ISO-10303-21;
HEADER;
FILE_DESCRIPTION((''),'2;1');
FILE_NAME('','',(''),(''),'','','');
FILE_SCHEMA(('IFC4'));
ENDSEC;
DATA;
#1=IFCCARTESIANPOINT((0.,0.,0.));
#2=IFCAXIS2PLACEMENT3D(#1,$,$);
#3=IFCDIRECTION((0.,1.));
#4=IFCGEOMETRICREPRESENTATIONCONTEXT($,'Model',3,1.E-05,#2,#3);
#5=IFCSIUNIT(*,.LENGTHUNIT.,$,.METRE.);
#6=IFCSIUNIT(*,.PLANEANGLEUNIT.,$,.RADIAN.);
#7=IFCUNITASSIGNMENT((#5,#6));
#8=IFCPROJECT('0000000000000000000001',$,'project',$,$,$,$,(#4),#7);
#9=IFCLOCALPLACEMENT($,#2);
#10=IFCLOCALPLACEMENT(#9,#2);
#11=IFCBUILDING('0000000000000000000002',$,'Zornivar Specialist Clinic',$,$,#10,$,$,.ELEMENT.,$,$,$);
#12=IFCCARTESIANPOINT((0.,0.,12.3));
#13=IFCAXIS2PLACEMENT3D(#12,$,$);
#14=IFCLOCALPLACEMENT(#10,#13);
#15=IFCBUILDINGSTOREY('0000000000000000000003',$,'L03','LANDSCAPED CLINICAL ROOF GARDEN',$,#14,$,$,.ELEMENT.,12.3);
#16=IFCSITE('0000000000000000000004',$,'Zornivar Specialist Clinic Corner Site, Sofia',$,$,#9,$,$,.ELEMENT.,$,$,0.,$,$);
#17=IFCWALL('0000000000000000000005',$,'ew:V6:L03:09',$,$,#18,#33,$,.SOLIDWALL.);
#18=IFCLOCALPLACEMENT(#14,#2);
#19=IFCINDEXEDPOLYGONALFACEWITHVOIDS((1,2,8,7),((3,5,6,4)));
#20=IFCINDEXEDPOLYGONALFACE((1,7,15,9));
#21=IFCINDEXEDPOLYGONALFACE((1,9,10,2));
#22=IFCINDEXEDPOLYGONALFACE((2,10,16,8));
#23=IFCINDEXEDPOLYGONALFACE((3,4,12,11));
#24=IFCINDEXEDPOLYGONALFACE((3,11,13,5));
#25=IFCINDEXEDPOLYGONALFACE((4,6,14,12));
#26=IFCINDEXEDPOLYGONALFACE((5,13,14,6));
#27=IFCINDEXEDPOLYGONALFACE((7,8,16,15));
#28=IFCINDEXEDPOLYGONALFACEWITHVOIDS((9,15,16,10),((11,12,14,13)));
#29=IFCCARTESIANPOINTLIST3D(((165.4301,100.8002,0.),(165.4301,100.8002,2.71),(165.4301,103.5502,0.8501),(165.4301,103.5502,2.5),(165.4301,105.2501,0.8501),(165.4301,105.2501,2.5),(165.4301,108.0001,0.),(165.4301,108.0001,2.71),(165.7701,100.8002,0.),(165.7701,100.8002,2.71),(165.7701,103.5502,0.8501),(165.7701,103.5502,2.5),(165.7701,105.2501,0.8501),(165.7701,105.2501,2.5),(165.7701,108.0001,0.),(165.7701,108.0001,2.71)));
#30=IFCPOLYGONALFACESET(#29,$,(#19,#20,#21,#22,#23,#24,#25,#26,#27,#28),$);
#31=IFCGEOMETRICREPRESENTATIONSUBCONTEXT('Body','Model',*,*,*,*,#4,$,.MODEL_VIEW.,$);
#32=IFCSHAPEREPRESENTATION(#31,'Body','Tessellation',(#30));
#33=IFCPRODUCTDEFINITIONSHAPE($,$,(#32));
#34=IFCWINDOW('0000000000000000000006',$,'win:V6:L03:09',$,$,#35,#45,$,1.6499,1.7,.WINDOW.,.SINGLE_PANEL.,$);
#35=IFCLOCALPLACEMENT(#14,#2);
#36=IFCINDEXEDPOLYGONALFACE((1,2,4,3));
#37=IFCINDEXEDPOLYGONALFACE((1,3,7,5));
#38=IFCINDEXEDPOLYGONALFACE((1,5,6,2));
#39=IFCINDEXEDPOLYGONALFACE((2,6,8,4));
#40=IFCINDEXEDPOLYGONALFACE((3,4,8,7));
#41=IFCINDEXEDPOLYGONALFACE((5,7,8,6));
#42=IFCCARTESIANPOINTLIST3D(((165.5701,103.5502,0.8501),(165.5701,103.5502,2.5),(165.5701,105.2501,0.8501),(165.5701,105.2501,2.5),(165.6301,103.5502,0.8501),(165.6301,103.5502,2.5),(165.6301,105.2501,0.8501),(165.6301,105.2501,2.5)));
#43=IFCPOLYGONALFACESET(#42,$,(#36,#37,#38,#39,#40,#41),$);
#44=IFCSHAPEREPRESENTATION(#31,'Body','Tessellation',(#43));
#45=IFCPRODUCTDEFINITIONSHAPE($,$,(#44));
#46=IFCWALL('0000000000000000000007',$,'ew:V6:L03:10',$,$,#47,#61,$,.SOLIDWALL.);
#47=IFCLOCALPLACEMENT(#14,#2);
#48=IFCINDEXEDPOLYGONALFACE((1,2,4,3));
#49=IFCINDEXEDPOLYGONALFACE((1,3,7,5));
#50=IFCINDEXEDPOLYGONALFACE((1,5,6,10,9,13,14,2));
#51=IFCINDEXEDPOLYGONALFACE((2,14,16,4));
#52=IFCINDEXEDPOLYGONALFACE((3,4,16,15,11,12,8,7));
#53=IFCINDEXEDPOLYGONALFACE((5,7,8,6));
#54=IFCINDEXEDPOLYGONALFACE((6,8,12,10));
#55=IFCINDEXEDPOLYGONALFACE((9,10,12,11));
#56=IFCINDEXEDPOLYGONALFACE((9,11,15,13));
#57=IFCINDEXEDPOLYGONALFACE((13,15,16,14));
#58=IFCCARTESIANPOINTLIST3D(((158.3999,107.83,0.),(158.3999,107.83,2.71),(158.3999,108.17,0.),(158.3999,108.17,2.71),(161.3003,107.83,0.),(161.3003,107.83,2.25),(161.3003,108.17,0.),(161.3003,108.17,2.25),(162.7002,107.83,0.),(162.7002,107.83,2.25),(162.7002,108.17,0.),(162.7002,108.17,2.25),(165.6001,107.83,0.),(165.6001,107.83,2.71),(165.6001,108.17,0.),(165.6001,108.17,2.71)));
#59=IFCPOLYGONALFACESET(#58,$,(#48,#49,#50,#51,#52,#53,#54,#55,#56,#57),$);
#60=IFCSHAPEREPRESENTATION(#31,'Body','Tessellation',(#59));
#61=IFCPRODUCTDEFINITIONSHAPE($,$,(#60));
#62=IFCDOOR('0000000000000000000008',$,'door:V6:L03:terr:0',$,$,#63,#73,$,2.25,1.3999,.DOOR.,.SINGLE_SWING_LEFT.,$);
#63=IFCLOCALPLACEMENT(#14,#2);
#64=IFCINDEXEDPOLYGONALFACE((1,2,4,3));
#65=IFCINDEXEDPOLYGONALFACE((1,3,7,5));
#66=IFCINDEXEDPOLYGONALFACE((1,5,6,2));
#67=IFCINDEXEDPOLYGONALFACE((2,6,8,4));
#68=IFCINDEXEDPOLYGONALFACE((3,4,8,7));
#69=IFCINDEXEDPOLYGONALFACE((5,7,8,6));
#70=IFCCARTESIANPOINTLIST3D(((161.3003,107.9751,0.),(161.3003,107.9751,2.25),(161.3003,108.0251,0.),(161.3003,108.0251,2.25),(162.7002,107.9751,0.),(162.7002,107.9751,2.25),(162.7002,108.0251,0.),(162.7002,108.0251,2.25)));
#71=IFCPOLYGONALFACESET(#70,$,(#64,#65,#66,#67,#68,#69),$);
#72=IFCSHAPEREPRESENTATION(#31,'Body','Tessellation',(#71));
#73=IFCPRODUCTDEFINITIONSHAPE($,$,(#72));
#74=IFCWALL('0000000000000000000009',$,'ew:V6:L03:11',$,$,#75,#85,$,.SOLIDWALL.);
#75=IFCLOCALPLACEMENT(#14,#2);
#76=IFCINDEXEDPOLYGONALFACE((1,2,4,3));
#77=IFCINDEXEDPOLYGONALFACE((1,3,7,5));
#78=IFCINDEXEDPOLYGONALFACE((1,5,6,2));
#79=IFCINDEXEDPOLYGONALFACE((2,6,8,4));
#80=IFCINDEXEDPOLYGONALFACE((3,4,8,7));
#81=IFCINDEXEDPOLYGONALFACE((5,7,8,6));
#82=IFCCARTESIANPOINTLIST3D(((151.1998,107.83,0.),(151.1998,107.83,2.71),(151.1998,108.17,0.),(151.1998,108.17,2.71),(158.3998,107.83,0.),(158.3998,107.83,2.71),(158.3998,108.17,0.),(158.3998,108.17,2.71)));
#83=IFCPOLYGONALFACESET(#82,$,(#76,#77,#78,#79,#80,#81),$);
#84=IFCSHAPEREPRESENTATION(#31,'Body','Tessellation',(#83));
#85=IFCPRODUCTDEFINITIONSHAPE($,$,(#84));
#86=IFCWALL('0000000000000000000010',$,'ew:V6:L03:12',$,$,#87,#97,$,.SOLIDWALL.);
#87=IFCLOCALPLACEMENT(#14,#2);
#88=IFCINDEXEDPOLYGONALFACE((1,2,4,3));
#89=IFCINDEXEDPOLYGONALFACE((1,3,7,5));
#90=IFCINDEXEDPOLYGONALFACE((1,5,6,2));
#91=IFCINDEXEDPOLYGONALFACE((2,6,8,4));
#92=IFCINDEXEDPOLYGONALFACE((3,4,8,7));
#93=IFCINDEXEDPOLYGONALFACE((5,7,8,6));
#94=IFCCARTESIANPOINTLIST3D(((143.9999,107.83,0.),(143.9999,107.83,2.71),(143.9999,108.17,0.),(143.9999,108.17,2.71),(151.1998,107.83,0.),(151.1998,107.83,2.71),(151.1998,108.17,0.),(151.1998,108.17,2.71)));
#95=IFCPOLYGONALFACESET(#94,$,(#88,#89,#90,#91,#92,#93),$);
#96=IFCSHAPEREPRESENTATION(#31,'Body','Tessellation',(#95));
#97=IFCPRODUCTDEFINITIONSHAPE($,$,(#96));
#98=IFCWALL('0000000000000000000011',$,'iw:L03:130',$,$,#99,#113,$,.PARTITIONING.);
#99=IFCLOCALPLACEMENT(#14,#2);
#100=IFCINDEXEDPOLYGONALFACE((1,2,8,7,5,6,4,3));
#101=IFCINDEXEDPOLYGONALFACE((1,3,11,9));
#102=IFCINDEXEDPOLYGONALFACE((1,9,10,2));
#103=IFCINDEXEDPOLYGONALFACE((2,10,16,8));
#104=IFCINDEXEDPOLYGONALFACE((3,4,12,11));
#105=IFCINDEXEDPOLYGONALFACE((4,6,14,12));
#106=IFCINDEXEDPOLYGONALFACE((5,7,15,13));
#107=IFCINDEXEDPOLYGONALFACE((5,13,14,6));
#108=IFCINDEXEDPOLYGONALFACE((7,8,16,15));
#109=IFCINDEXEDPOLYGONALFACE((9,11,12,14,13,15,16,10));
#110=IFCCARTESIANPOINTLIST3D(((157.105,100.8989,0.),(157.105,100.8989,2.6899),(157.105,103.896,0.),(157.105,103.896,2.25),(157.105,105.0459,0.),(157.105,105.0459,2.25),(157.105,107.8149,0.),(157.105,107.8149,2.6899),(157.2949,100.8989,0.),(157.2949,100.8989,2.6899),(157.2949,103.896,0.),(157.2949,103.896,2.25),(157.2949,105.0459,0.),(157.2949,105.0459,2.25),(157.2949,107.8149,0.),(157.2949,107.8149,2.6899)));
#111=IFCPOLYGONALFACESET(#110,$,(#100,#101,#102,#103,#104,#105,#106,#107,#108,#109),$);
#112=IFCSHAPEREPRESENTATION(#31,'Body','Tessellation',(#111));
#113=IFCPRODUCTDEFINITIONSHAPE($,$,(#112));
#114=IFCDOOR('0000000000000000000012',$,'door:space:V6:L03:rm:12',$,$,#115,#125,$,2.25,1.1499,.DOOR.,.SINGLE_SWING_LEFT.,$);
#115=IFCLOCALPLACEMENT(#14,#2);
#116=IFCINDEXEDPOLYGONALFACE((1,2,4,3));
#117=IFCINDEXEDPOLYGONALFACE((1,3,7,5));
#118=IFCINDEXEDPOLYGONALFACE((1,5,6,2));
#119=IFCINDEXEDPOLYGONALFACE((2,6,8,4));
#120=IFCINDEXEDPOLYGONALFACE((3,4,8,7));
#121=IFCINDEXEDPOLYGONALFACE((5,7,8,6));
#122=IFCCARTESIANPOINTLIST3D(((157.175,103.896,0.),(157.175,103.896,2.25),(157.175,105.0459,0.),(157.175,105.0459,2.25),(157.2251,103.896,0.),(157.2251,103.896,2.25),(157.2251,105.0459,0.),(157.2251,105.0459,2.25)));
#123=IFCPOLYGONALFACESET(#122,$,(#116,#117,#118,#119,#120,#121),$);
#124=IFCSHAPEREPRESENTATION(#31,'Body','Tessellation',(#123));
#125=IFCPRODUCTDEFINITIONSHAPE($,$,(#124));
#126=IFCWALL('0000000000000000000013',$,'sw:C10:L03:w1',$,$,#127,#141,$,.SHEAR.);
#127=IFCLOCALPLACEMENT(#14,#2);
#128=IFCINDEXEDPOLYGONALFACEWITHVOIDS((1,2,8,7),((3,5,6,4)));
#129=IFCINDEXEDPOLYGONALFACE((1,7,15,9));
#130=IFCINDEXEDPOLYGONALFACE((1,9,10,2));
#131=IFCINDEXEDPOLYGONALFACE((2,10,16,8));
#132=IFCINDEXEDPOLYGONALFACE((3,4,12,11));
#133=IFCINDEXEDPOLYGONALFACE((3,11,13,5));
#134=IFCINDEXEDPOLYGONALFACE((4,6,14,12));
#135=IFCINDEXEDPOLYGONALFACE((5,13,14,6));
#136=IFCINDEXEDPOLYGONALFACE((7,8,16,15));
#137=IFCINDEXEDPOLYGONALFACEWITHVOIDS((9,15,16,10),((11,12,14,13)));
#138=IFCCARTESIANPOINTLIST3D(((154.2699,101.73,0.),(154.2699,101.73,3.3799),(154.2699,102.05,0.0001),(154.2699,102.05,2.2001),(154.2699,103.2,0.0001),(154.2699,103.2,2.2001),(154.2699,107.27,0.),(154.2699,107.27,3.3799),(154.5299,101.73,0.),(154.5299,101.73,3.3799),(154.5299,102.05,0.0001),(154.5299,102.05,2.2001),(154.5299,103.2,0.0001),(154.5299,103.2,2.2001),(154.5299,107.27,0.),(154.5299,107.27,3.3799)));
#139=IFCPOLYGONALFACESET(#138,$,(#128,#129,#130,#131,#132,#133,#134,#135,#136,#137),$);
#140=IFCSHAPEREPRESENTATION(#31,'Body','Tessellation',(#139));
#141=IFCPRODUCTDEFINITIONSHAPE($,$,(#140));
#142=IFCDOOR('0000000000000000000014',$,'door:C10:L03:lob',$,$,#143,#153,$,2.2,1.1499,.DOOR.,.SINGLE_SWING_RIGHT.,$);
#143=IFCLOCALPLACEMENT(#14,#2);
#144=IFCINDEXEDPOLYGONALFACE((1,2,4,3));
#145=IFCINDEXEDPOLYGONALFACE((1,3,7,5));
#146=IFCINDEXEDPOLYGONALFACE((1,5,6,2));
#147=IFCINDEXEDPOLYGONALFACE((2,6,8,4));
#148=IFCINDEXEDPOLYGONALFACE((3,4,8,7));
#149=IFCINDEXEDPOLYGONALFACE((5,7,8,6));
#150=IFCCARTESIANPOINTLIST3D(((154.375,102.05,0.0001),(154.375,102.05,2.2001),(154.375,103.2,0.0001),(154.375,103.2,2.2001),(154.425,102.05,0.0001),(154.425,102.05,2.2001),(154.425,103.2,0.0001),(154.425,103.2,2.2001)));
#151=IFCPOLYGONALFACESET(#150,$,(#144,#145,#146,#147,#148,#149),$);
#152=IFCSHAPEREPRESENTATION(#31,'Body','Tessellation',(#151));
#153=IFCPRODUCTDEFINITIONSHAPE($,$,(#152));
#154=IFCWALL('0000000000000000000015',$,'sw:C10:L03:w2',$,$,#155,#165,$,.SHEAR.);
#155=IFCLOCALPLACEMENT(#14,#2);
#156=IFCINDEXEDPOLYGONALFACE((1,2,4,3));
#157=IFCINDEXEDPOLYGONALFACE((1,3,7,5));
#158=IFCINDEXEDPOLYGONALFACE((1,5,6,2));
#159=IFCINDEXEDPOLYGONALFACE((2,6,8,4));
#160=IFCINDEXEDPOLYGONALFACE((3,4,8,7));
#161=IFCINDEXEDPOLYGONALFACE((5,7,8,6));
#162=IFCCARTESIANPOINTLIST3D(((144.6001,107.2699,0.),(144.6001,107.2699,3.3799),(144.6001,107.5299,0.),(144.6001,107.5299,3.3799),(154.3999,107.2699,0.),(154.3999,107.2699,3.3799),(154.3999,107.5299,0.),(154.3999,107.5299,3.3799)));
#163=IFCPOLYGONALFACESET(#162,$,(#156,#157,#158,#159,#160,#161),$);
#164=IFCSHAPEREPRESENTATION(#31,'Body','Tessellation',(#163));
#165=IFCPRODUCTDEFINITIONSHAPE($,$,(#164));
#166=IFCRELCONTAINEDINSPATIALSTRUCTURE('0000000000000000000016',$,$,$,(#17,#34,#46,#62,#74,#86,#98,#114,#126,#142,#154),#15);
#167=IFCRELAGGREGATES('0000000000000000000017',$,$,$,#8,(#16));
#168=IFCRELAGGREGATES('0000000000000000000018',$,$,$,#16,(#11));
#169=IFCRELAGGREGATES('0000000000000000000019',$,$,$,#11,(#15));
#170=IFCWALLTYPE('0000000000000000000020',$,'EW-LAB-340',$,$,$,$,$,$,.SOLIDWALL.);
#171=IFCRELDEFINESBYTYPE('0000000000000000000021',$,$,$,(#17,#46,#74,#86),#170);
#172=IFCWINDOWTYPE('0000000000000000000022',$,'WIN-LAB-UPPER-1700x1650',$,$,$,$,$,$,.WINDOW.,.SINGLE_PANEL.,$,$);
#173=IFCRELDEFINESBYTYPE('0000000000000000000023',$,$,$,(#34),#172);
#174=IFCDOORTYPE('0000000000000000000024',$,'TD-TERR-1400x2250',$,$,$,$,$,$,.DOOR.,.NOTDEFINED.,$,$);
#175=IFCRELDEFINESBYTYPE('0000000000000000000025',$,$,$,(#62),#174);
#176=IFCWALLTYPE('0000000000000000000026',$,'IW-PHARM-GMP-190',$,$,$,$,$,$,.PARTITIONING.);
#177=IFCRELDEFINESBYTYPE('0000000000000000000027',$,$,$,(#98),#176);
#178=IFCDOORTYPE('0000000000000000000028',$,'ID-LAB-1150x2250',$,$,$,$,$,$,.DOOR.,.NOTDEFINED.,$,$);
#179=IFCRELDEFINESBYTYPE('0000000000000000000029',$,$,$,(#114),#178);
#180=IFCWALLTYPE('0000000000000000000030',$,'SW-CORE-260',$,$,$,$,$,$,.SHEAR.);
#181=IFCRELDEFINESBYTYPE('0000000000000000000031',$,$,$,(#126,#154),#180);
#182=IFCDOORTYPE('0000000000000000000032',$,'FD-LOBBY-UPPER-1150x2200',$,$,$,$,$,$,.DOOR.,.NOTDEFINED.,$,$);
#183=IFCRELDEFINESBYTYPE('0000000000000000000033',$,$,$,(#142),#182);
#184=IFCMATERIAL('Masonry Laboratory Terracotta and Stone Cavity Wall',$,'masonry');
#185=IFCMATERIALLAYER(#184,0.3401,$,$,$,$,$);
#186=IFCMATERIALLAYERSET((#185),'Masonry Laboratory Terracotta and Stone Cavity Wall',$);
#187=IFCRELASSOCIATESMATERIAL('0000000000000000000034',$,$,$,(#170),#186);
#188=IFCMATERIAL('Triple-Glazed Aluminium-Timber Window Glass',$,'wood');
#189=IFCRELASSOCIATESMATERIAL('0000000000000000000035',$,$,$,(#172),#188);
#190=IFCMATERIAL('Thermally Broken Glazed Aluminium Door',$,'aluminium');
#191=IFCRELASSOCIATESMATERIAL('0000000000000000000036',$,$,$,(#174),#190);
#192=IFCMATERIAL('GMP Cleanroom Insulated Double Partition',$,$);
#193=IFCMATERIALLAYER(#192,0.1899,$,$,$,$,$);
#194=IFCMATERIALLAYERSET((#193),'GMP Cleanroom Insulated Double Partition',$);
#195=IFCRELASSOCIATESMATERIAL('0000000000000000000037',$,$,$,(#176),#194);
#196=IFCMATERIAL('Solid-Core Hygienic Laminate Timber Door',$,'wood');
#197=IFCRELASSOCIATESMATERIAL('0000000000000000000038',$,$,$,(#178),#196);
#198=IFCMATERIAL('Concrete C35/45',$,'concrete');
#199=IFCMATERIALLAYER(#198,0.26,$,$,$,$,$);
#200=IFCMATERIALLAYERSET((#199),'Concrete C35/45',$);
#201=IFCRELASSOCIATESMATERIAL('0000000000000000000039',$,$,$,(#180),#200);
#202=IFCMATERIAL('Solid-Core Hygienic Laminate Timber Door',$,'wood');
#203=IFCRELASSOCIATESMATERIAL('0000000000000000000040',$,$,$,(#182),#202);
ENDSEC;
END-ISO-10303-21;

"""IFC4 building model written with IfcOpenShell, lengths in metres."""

from ifc_helpers import new_model, si_unit, direction, frame, frame_2d, origin, place, context, subcontext, project, spatial, rectangle, extrude, material, layer, layer_set, type_object, element, fill, save


model = new_model("IFC4")

# Units and contexts
model_context = context("Model", 3, precision=1e-05, world=origin(), true_north=direction((0.0, 1.0)))
body_context = subcontext(model_context, "Body", "Model", "MODEL_VIEW")
ifc_project = project(units=[si_unit("LENGTHUNIT", "METRE"), si_unit("PLANEANGLEUNIT", "RADIAN")], contexts=[model_context])

# Site, building, storey
site_placement = place(None, origin())
site = spatial("IfcSite", under=ifc_project, at=site_placement, Name="Zornivar Specialist Clinic Corner Site, Sofia", CompositionType="ELEMENT", RefElevation=0.0)
building_placement = place(site_placement, origin())
building = spatial("IfcBuilding", under=site, at=building_placement, Name="Zornivar Specialist Clinic", CompositionType="ELEMENT")
storey_placement = place(building_placement, frame((0.0, 0.0, 12.3)))
storey = spatial("IfcBuildingStorey", under=building, at=storey_placement, Name="L03", Description="LANDSCAPED CLINICAL ROOF GARDEN", CompositionType="ELEMENT", Elevation=12.3)

# Wall, opening, window
ifc_material_1 = material(Name="Masonry Laboratory Terracotta and Stone Cavity Wall", Category="masonry")
ifc_layer_1 = layer(ifc_material_1, 0.3401)
ifc_layer_set_1 = layer_set([ifc_layer_1], Name="Masonry Laboratory Terracotta and Stone Cavity Wall")
wall_type_1 = type_object("IfcWallType", Name="EW-LAB-340", PredefinedType="SOLIDWALL", material=ifc_layer_set_1)
wall_1_placement = place(storey_placement, frame((165.6001, 100.8, 0.0), z_axis=(0.0, 0.0, 1.0), x_axis=(0.0, 1.0, 0.0)))
wall_1 = element("IfcWall", 1, at=wall_1_placement, inside=storey, type_object=wall_type_1, Name="ew:V6:L03:09", PredefinedType="SOLIDWALL", context=body_context, shape_type="SweptSolid", body=[
    extrude(rectangle(XDim=7.2, YDim=0.3401, at=frame_2d((3.6001, 0.0))), origin(), (0.0, 0.0, 1.0), 2.71),
])
opening_1_placement = place(wall_1_placement, frame((2.75, 0.0, 0.8501)))
opening_1 = element("IfcOpeningElement", 2, at=opening_1_placement, cuts=wall_1, PredefinedType="OPENING", context=body_context, shape_type="SweptSolid", body=[
    extrude(rectangle(XDim=1.7, YDim=1.6499, at=frame_2d((0.8501, 0.825))), frame((0.0, 0.1799, 0.0), z_axis=(0.0, -1.0, 0.0), x_axis=(1.0, 0.0, 0.0)), (0.0, 0.0, 1.0), 0.3601),
])
ifc_material_2 = material(Name="Triple-Glazed Aluminium-Timber Window Glass", Category="wood")
window_type = type_object("IfcWindowType", Name="WIN-LAB-UPPER-1700x1650", PartitioningType="SINGLE_PANEL", PredefinedType="WINDOW", material=ifc_material_2)
window_placement = place(opening_1_placement, origin())
window = element("IfcWindow", 3, at=window_placement, inside=storey, type_object=window_type, Name="win:V6:L03:09", OverallHeight=1.6499, OverallWidth=1.7, PartitioningType="SINGLE_PANEL", PredefinedType="WINDOW", context=body_context, shape_type="SweptSolid", body=[
    extrude(rectangle(XDim=1.7, YDim=1.6499, at=frame_2d((0.8501, 0.825))), frame((0.0, 0.03, 0.0), z_axis=(0.0, -1.0, 0.0), x_axis=(1.0, 0.0, 0.0)), (0.0, 0.0, 1.0), 0.0601),
])
fill(opening_1, window)

# Wall, opening, door
wall_2_placement = place(storey_placement, frame((165.6001, 108.0, 0.0), z_axis=(0.0, 0.0, 1.0), x_axis=(-1.0, 0.0, 0.0)))
wall_2 = element("IfcWall", 4, at=wall_2_placement, inside=storey, type_object=wall_type_1, Name="ew:V6:L03:10", PredefinedType="SOLIDWALL", context=body_context, shape_type="SweptSolid", body=[
    extrude(rectangle(XDim=7.2002, YDim=0.3401, at=frame_2d((3.6001, 0.0))), origin(), (0.0, 0.0, 1.0), 2.71),
])
opening_2_placement = place(wall_2_placement, frame((2.8999, 0.0, 0.0)))
opening_2 = element("IfcOpeningElement", 5, at=opening_2_placement, cuts=wall_2, PredefinedType="OPENING", context=body_context, shape_type="SweptSolid", body=[
    extrude(rectangle(XDim=1.3999, YDim=2.25, at=frame_2d((0.7, 1.125))), frame((0.0, 0.1799, 0.0), z_axis=(0.0, -1.0, 0.0), x_axis=(1.0, 0.0, 0.0)), (0.0, 0.0, 1.0), 0.3601),
])
ifc_material_3 = material(Name="Thermally Broken Glazed Aluminium Door", Category="aluminium")
door_type_1 = type_object("IfcDoorType", Name="TD-TERR-1400x2250", OperationType="NOTDEFINED", PredefinedType="DOOR", material=ifc_material_3)
door_1_placement = place(opening_2_placement, origin())
door_1 = element("IfcDoor", 6, at=door_1_placement, inside=storey, type_object=door_type_1, Name="door:V6:L03:terr:0", OperationType="SINGLE_SWING_LEFT", OverallHeight=2.25, OverallWidth=1.3999, PredefinedType="DOOR", context=body_context, shape_type="SweptSolid", body=[
    extrude(rectangle(XDim=1.3999, YDim=2.25, at=frame_2d((0.7, 1.125))), frame((0.0, 0.0249, 0.0), z_axis=(0.0, -1.0, 0.0), x_axis=(1.0, 0.0, 0.0)), (0.0, 0.0, 1.0), 0.05),
])
fill(opening_2, door_1)

# Walls
for number, where, z_axis, x_axis, name in (
    (7, (158.3999, 108.0, 0.0), (0.0, 0.0, 1.0), (-1.0, 0.0, 0.0), "ew:V6:L03:11"),
    (8, (151.2, 108.0, 0.0), (0.0, 0.0, 1.0), (-1.0, 0.0, 0.0), "ew:V6:L03:12"),
):
    element("IfcWall", number, at=place(storey_placement, frame(where, z_axis=z_axis, x_axis=x_axis)), inside=storey, type_object=wall_type_1, Name=name, PredefinedType="SOLIDWALL", context=body_context, shape_type="SweptSolid", body=[
        extrude(rectangle(XDim=7.2, YDim=0.3401, at=frame_2d((3.6001, 0.0))), origin(), (0.0, 0.0, 1.0), 2.71),
    ])

# Walls, openings, doors
ifc_material_4 = material(Name="GMP Cleanroom Insulated Double Partition")
ifc_layer_2 = layer(ifc_material_4, 0.1899)
ifc_layer_set_2 = layer_set([ifc_layer_2], Name="GMP Cleanroom Insulated Double Partition")
wall_type_2 = type_object("IfcWallType", Name="IW-PHARM-GMP-190", PredefinedType="PARTITIONING", material=ifc_layer_set_2)
wall_3_placement = place(storey_placement, frame((157.2, 100.8989, 0.0), z_axis=(0.0, 0.0, 1.0), x_axis=(0.0, 1.0, 0.0)))
wall_3 = element("IfcWall", 9, at=wall_3_placement, inside=storey, type_object=wall_type_2, Name="iw:L03:130", PredefinedType="PARTITIONING", context=body_context, shape_type="SweptSolid", body=[
    extrude(rectangle(XDim=6.916, YDim=0.1899, at=frame_2d((3.458, 0.0))), origin(), (0.0, 0.0, 1.0), 2.6899),
])
opening_3_placement = place(wall_3_placement, frame((2.9971, 0.0, 0.0)))
opening_3 = element("IfcOpeningElement", 10, at=opening_3_placement, cuts=wall_3, PredefinedType="OPENING", context=body_context, shape_type="SweptSolid", body=[
    extrude(rectangle(XDim=1.1499, YDim=2.25, at=frame_2d((0.575, 1.125))), frame((0.0, 0.105, 0.0), z_axis=(0.0, -1.0, 0.0), x_axis=(1.0, 0.0, 0.0)), (0.0, 0.0, 1.0), 0.21),
])
ifc_material_5 = material(Name="Solid-Core Hygienic Laminate Timber Door", Category="wood")
door_type_2 = type_object("IfcDoorType", Name="ID-LAB-1150x2250", OperationType="NOTDEFINED", PredefinedType="DOOR", material=ifc_material_5)
door_2_placement = place(opening_3_placement, origin())
door_2 = element("IfcDoor", 11, at=door_2_placement, inside=storey, type_object=door_type_2, Name="door:space:V6:L03:rm:12", OperationType="SINGLE_SWING_LEFT", OverallHeight=2.25, OverallWidth=1.1499, PredefinedType="DOOR", context=body_context, shape_type="SweptSolid", body=[
    extrude(rectangle(XDim=1.1499, YDim=2.25, at=frame_2d((0.575, 1.125))), frame((0.0, 0.0249, 0.0), z_axis=(0.0, -1.0, 0.0), x_axis=(1.0, 0.0, 0.0)), (0.0, 0.0, 1.0), 0.05),
])
fill(opening_3, door_2)
ifc_material_6 = material(Name="Concrete C35/45", Category="concrete")
ifc_layer_3 = layer(ifc_material_6, 0.26)
ifc_layer_set_3 = layer_set([ifc_layer_3], Name="Concrete C35/45")
wall_type_3 = type_object("IfcWallType", Name="SW-CORE-260", PredefinedType="SHEAR", material=ifc_layer_set_3)
wall_4_placement = place(storey_placement, frame((154.3999, 101.73, 0.0), z_axis=(0.0, 0.0, 1.0), x_axis=(0.0, 1.0, 0.0)))
wall_4 = element("IfcWall", 12, at=wall_4_placement, inside=storey, type_object=wall_type_3, Name="sw:C10:L03:w1", PredefinedType="SHEAR", context=body_context, shape_type="SweptSolid", body=[
    extrude(rectangle(XDim=5.54, YDim=0.26, at=frame_2d((2.77, 0.0))), origin(), (0.0, 0.0, 1.0), 3.3799),
])
opening_4_placement = place(wall_4_placement, frame((0.3201, 0.0, 0.0)))
opening_4 = element("IfcOpeningElement", 13, at=opening_4_placement, cuts=wall_4, PredefinedType="OPENING", context=body_context, shape_type="SweptSolid", body=[
    extrude(rectangle(XDim=1.1499, YDim=2.2, at=frame_2d((0.575, 1.1001))), frame((0.0, 0.1399, 0.0), z_axis=(0.0, -1.0, 0.0), x_axis=(1.0, 0.0, 0.0)), (0.0, 0.0, 1.0), 0.28),
])
ifc_material_7 = material(Name="Solid-Core Hygienic Laminate Timber Door", Category="wood")
door_type_3 = type_object("IfcDoorType", Name="FD-LOBBY-UPPER-1150x2200", OperationType="NOTDEFINED", PredefinedType="DOOR", material=ifc_material_7)
door_3_placement = place(opening_4_placement, origin())
door_3 = element("IfcDoor", 14, at=door_3_placement, inside=storey, type_object=door_type_3, Name="door:C10:L03:lob", OperationType="SINGLE_SWING_RIGHT", OverallHeight=2.2, OverallWidth=1.1499, PredefinedType="DOOR", context=body_context, shape_type="SweptSolid", body=[
    extrude(rectangle(XDim=1.1499, YDim=2.2, at=frame_2d((0.575, 1.1001))), frame((0.0, 0.0249, 0.0), z_axis=(0.0, -1.0, 0.0), x_axis=(1.0, 0.0, 0.0)), (0.0, 0.0, 1.0), 0.05),
])
fill(opening_4, door_3)

# Wall
wall_5_placement = place(storey_placement, frame((154.3999, 107.3999, 0.0), z_axis=(0.0, 0.0, 1.0), x_axis=(-1.0, 0.0, 0.0)))
element("IfcWall", 15, at=wall_5_placement, inside=storey, type_object=wall_type_3, Name="sw:C10:L03:w2", PredefinedType="SHEAR", context=body_context, shape_type="SweptSolid", body=[
    extrude(rectangle(XDim=9.7998, YDim=0.26, at=frame_2d((4.8999, 0.0))), origin(), (0.0, 0.0, 1.0), 3.3799),
])

save(model, "model.ifc")
